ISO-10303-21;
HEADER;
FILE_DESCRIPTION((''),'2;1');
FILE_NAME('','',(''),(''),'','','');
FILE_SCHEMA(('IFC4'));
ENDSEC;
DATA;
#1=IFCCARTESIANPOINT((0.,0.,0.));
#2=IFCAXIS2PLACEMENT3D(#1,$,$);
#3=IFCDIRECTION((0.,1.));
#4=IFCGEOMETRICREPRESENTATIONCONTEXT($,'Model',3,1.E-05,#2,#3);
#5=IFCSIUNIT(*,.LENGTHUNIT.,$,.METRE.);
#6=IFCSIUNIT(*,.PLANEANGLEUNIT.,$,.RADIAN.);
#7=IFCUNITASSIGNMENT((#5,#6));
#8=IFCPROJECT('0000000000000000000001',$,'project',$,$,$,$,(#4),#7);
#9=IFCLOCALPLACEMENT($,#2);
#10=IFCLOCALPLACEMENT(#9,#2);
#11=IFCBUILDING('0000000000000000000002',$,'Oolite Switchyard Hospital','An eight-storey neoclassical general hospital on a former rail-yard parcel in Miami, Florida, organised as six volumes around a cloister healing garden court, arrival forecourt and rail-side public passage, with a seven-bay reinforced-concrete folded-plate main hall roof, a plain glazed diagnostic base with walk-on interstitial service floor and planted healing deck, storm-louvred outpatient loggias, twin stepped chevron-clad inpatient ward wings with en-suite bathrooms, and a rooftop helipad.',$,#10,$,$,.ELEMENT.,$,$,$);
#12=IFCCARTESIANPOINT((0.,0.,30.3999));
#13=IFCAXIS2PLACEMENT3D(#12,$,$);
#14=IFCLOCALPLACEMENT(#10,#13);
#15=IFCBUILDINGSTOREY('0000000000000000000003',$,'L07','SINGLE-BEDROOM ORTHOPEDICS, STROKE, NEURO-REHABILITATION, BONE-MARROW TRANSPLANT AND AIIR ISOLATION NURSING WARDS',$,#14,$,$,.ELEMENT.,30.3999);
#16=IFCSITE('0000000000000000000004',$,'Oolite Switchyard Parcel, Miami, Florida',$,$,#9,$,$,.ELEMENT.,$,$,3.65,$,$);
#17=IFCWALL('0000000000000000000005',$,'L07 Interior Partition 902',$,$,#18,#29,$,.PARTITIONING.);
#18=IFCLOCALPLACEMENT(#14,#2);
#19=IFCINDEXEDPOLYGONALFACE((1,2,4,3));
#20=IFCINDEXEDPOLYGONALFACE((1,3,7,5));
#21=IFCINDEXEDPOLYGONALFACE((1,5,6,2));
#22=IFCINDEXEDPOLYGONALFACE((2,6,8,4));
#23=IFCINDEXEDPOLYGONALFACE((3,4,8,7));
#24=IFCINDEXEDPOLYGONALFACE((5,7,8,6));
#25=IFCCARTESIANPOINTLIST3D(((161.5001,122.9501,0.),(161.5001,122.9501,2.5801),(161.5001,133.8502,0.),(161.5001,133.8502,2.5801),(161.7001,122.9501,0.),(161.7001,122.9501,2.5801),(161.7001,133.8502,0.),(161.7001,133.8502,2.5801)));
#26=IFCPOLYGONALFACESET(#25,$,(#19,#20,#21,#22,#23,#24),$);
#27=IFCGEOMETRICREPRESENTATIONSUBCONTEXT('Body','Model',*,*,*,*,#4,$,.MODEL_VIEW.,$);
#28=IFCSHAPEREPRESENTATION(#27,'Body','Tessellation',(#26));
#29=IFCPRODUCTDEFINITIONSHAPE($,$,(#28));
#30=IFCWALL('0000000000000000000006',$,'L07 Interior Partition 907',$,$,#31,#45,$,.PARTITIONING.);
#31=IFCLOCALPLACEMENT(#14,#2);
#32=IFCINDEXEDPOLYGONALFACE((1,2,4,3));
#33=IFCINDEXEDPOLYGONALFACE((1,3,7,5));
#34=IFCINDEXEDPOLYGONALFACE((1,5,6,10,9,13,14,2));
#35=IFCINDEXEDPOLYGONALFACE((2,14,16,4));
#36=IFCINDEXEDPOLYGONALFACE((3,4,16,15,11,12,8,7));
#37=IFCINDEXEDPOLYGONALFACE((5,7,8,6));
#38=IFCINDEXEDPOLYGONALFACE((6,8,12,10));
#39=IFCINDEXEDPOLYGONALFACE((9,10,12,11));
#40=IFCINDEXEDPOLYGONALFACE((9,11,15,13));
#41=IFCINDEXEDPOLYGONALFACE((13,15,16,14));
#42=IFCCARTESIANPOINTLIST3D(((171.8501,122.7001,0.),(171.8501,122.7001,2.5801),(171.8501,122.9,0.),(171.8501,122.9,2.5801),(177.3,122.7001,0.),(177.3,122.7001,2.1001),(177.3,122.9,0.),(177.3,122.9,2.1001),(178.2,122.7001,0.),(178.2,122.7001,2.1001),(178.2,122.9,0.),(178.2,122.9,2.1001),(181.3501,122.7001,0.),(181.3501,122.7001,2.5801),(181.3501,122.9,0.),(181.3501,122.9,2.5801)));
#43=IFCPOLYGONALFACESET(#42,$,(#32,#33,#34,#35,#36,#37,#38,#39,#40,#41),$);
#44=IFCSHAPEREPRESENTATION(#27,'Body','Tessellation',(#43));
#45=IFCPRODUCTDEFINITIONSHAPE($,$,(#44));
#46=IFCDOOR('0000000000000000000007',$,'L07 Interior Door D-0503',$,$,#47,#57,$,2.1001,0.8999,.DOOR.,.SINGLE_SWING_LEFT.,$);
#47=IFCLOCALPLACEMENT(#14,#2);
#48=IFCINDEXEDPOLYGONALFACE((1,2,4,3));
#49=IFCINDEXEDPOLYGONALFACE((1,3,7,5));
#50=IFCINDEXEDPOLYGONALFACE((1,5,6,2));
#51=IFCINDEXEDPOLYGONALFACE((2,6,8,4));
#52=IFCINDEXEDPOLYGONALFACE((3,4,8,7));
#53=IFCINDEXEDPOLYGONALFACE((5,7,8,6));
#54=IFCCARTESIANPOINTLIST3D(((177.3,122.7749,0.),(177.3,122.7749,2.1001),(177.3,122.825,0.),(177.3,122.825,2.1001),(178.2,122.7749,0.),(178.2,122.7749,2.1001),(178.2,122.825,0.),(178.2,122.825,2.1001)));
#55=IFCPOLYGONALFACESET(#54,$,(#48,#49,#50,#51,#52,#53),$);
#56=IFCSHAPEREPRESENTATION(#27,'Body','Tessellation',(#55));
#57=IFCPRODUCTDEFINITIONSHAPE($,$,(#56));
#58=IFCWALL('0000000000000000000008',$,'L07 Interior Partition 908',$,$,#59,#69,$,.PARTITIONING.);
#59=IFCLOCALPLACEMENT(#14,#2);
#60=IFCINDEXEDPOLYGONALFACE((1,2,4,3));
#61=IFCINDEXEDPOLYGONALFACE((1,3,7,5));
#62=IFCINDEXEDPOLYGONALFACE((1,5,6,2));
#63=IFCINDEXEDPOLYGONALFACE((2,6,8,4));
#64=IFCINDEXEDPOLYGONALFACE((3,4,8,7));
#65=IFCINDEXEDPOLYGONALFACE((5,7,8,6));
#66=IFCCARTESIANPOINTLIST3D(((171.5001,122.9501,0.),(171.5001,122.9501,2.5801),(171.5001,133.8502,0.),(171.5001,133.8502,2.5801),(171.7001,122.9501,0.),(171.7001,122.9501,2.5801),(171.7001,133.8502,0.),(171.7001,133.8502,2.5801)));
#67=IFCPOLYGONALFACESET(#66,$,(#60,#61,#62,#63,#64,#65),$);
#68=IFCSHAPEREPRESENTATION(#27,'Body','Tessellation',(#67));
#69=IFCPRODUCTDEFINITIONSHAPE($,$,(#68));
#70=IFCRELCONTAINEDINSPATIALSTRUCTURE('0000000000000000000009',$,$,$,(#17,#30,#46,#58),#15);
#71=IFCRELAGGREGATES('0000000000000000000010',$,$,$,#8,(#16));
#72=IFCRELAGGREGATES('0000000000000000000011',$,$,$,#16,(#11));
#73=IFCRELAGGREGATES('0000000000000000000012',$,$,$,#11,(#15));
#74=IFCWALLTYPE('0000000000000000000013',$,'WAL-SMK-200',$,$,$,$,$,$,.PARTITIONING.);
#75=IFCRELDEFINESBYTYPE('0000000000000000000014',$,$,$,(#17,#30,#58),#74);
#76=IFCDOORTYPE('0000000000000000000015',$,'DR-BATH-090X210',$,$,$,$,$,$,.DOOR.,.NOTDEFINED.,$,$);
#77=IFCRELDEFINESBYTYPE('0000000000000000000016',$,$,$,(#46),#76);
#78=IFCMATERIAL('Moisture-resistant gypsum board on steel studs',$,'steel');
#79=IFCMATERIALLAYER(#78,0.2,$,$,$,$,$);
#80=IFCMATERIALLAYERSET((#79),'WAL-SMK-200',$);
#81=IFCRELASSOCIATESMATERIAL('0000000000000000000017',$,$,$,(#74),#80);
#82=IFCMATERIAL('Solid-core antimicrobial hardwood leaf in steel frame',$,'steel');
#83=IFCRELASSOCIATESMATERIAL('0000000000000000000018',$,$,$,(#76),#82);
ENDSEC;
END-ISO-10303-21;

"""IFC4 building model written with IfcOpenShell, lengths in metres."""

from ifc_helpers import new_model, si_unit, direction, frame, frame_2d, origin, place, context, subcontext, project, spatial, rectangle, extrude, material, layer, layer_set, type_object, element, fill, save


model = new_model("IFC4")

# Units and contexts
model_context = context("Model", 3, precision=1e-05, world=origin(), true_north=direction((0.0, 1.0)))
body_context = subcontext(model_context, "Body", "Model", "MODEL_VIEW")
ifc_project = project(units=[si_unit("LENGTHUNIT", "METRE"), si_unit("PLANEANGLEUNIT", "RADIAN")], contexts=[model_context])

# Site, building, storey
site_placement = place(None, origin())
site = spatial("IfcSite", under=ifc_project, at=site_placement, Name="Oolite Switchyard Parcel, Miami, Florida", CompositionType="ELEMENT", RefElevation=3.65)
building_placement = place(site_placement, origin())
building = spatial("IfcBuilding", under=site, at=building_placement, Name="Oolite Switchyard Hospital", Description="An eight-storey neoclassical general hospital on a former rail-yard parcel in Miami, Florida, organised as six volumes around a cloister healing garden court, arrival forecourt and rail-side public passage, with a seven-bay reinforced-concrete folded-plate main hall roof, a plain glazed diagnostic base with walk-on interstitial service floor and planted healing deck, storm-louvred outpatient loggias, twin stepped chevron-clad inpatient ward wings with en-suite bathrooms, and a rooftop helipad.", CompositionType="ELEMENT")
storey_placement = place(building_placement, frame((0.0, 0.0, 30.3999)))
storey = spatial("IfcBuildingStorey", under=building, at=storey_placement, Name="L07", Description="SINGLE-BEDROOM ORTHOPEDICS, STROKE, NEURO-REHABILITATION, BONE-MARROW TRANSPLANT AND AIIR ISOLATION NURSING WARDS", CompositionType="ELEMENT", Elevation=30.3999)

# Shared definitions
ifc_material_1 = material(Name="Moisture-resistant gypsum board on steel studs", Category="steel")
ifc_material_2 = material(Name="Solid-core antimicrobial hardwood leaf in steel frame", Category="steel")
ifc_layer_1 = layer(ifc_material_1, 0.2)
ifc_layer_set_1 = layer_set([ifc_layer_1], Name="WAL-SMK-200")
wall_type_1 = type_object("IfcWallType", Name="WAL-SMK-200", PredefinedType="PARTITIONING", material=ifc_layer_set_1)

# Wall
wall_1_placement = place(storey_placement, frame((161.6001, 122.95, 0.0), z_axis=(0.0, 0.0, 1.0), x_axis=(0.0, 1.0, 0.0)))
element("IfcWall", 1, at=wall_1_placement, inside=storey, type_object=wall_type_1, Name="L07 Interior Partition 902", PredefinedType="PARTITIONING", context=body_context, shape_type="SweptSolid", body=[
    extrude(rectangle(XDim=10.9001, YDim=0.2, at=frame_2d((5.4502, 0.0))), origin(), (0.0, 0.0, 1.0), 2.5801),
])

# Wall, opening, door
wall_2_placement = place(storey_placement, frame((171.8501, 122.8, 0.0), z_axis=(0.0, 0.0, 1.0), x_axis=(1.0, 0.0, 0.0)))
wall_2 = element("IfcWall", 2, at=wall_2_placement, inside=storey, type_object=wall_type_1, Name="L07 Interior Partition 907", PredefinedType="PARTITIONING", context=body_context, shape_type="SweptSolid", body=[
    extrude(rectangle(XDim=9.5, YDim=0.2, at=frame_2d((4.75, 0.0))), origin(), (0.0, 0.0, 1.0), 2.5801),
])
opening_1_placement = place(wall_2_placement, frame((5.45, 0.0, 0.0)))
opening_1 = element("IfcOpeningElement", 3, at=opening_1_placement, cuts=wall_2, PredefinedType="OPENING", context=body_context, shape_type="SweptSolid", body=[
    extrude(rectangle(XDim=0.8999, YDim=2.1001, at=frame_2d((0.45, 1.05))), frame((0.0, 0.1099, 0.0), z_axis=(0.0, -1.0, 0.0), x_axis=(1.0, 0.0, 0.0)), (0.0, 0.0, 1.0), 0.22),
])
door_type_1 = type_object("IfcDoorType", Name="DR-BATH-090X210", OperationType="NOTDEFINED", PredefinedType="DOOR", material=ifc_material_2)
door_1_placement = place(opening_1_placement, origin())
door_1 = element("IfcDoor", 4, at=door_1_placement, inside=storey, type_object=door_type_1, Name="L07 Interior Door D-0503", OperationType="SINGLE_SWING_LEFT", OverallHeight=2.1001, OverallWidth=0.8999, PredefinedType="DOOR", context=body_context, shape_type="SweptSolid", body=[
    extrude(rectangle(XDim=0.8999, YDim=2.1001, at=frame_2d((0.45, 1.05))), frame((0.0, 0.0249, 0.0), z_axis=(0.0, -1.0, 0.0), x_axis=(1.0, 0.0, 0.0)), (0.0, 0.0, 1.0), 0.05),
])
fill(opening_1, door_1)

# Wall
wall_3_placement = place(storey_placement, frame((171.6001, 122.95, 0.0), z_axis=(0.0, 0.0, 1.0), x_axis=(0.0, 1.0, 0.0)))
element("IfcWall", 5, at=wall_3_placement, inside=storey, type_object=wall_type_1, Name="L07 Interior Partition 908", PredefinedType="PARTITIONING", context=body_context, shape_type="SweptSolid", body=[
    extrude(rectangle(XDim=10.9001, YDim=0.2, at=frame_2d((5.4502, 0.0))), origin(), (0.0, 0.0, 1.0), 2.5801),
])

save(model, "model.ifc")
